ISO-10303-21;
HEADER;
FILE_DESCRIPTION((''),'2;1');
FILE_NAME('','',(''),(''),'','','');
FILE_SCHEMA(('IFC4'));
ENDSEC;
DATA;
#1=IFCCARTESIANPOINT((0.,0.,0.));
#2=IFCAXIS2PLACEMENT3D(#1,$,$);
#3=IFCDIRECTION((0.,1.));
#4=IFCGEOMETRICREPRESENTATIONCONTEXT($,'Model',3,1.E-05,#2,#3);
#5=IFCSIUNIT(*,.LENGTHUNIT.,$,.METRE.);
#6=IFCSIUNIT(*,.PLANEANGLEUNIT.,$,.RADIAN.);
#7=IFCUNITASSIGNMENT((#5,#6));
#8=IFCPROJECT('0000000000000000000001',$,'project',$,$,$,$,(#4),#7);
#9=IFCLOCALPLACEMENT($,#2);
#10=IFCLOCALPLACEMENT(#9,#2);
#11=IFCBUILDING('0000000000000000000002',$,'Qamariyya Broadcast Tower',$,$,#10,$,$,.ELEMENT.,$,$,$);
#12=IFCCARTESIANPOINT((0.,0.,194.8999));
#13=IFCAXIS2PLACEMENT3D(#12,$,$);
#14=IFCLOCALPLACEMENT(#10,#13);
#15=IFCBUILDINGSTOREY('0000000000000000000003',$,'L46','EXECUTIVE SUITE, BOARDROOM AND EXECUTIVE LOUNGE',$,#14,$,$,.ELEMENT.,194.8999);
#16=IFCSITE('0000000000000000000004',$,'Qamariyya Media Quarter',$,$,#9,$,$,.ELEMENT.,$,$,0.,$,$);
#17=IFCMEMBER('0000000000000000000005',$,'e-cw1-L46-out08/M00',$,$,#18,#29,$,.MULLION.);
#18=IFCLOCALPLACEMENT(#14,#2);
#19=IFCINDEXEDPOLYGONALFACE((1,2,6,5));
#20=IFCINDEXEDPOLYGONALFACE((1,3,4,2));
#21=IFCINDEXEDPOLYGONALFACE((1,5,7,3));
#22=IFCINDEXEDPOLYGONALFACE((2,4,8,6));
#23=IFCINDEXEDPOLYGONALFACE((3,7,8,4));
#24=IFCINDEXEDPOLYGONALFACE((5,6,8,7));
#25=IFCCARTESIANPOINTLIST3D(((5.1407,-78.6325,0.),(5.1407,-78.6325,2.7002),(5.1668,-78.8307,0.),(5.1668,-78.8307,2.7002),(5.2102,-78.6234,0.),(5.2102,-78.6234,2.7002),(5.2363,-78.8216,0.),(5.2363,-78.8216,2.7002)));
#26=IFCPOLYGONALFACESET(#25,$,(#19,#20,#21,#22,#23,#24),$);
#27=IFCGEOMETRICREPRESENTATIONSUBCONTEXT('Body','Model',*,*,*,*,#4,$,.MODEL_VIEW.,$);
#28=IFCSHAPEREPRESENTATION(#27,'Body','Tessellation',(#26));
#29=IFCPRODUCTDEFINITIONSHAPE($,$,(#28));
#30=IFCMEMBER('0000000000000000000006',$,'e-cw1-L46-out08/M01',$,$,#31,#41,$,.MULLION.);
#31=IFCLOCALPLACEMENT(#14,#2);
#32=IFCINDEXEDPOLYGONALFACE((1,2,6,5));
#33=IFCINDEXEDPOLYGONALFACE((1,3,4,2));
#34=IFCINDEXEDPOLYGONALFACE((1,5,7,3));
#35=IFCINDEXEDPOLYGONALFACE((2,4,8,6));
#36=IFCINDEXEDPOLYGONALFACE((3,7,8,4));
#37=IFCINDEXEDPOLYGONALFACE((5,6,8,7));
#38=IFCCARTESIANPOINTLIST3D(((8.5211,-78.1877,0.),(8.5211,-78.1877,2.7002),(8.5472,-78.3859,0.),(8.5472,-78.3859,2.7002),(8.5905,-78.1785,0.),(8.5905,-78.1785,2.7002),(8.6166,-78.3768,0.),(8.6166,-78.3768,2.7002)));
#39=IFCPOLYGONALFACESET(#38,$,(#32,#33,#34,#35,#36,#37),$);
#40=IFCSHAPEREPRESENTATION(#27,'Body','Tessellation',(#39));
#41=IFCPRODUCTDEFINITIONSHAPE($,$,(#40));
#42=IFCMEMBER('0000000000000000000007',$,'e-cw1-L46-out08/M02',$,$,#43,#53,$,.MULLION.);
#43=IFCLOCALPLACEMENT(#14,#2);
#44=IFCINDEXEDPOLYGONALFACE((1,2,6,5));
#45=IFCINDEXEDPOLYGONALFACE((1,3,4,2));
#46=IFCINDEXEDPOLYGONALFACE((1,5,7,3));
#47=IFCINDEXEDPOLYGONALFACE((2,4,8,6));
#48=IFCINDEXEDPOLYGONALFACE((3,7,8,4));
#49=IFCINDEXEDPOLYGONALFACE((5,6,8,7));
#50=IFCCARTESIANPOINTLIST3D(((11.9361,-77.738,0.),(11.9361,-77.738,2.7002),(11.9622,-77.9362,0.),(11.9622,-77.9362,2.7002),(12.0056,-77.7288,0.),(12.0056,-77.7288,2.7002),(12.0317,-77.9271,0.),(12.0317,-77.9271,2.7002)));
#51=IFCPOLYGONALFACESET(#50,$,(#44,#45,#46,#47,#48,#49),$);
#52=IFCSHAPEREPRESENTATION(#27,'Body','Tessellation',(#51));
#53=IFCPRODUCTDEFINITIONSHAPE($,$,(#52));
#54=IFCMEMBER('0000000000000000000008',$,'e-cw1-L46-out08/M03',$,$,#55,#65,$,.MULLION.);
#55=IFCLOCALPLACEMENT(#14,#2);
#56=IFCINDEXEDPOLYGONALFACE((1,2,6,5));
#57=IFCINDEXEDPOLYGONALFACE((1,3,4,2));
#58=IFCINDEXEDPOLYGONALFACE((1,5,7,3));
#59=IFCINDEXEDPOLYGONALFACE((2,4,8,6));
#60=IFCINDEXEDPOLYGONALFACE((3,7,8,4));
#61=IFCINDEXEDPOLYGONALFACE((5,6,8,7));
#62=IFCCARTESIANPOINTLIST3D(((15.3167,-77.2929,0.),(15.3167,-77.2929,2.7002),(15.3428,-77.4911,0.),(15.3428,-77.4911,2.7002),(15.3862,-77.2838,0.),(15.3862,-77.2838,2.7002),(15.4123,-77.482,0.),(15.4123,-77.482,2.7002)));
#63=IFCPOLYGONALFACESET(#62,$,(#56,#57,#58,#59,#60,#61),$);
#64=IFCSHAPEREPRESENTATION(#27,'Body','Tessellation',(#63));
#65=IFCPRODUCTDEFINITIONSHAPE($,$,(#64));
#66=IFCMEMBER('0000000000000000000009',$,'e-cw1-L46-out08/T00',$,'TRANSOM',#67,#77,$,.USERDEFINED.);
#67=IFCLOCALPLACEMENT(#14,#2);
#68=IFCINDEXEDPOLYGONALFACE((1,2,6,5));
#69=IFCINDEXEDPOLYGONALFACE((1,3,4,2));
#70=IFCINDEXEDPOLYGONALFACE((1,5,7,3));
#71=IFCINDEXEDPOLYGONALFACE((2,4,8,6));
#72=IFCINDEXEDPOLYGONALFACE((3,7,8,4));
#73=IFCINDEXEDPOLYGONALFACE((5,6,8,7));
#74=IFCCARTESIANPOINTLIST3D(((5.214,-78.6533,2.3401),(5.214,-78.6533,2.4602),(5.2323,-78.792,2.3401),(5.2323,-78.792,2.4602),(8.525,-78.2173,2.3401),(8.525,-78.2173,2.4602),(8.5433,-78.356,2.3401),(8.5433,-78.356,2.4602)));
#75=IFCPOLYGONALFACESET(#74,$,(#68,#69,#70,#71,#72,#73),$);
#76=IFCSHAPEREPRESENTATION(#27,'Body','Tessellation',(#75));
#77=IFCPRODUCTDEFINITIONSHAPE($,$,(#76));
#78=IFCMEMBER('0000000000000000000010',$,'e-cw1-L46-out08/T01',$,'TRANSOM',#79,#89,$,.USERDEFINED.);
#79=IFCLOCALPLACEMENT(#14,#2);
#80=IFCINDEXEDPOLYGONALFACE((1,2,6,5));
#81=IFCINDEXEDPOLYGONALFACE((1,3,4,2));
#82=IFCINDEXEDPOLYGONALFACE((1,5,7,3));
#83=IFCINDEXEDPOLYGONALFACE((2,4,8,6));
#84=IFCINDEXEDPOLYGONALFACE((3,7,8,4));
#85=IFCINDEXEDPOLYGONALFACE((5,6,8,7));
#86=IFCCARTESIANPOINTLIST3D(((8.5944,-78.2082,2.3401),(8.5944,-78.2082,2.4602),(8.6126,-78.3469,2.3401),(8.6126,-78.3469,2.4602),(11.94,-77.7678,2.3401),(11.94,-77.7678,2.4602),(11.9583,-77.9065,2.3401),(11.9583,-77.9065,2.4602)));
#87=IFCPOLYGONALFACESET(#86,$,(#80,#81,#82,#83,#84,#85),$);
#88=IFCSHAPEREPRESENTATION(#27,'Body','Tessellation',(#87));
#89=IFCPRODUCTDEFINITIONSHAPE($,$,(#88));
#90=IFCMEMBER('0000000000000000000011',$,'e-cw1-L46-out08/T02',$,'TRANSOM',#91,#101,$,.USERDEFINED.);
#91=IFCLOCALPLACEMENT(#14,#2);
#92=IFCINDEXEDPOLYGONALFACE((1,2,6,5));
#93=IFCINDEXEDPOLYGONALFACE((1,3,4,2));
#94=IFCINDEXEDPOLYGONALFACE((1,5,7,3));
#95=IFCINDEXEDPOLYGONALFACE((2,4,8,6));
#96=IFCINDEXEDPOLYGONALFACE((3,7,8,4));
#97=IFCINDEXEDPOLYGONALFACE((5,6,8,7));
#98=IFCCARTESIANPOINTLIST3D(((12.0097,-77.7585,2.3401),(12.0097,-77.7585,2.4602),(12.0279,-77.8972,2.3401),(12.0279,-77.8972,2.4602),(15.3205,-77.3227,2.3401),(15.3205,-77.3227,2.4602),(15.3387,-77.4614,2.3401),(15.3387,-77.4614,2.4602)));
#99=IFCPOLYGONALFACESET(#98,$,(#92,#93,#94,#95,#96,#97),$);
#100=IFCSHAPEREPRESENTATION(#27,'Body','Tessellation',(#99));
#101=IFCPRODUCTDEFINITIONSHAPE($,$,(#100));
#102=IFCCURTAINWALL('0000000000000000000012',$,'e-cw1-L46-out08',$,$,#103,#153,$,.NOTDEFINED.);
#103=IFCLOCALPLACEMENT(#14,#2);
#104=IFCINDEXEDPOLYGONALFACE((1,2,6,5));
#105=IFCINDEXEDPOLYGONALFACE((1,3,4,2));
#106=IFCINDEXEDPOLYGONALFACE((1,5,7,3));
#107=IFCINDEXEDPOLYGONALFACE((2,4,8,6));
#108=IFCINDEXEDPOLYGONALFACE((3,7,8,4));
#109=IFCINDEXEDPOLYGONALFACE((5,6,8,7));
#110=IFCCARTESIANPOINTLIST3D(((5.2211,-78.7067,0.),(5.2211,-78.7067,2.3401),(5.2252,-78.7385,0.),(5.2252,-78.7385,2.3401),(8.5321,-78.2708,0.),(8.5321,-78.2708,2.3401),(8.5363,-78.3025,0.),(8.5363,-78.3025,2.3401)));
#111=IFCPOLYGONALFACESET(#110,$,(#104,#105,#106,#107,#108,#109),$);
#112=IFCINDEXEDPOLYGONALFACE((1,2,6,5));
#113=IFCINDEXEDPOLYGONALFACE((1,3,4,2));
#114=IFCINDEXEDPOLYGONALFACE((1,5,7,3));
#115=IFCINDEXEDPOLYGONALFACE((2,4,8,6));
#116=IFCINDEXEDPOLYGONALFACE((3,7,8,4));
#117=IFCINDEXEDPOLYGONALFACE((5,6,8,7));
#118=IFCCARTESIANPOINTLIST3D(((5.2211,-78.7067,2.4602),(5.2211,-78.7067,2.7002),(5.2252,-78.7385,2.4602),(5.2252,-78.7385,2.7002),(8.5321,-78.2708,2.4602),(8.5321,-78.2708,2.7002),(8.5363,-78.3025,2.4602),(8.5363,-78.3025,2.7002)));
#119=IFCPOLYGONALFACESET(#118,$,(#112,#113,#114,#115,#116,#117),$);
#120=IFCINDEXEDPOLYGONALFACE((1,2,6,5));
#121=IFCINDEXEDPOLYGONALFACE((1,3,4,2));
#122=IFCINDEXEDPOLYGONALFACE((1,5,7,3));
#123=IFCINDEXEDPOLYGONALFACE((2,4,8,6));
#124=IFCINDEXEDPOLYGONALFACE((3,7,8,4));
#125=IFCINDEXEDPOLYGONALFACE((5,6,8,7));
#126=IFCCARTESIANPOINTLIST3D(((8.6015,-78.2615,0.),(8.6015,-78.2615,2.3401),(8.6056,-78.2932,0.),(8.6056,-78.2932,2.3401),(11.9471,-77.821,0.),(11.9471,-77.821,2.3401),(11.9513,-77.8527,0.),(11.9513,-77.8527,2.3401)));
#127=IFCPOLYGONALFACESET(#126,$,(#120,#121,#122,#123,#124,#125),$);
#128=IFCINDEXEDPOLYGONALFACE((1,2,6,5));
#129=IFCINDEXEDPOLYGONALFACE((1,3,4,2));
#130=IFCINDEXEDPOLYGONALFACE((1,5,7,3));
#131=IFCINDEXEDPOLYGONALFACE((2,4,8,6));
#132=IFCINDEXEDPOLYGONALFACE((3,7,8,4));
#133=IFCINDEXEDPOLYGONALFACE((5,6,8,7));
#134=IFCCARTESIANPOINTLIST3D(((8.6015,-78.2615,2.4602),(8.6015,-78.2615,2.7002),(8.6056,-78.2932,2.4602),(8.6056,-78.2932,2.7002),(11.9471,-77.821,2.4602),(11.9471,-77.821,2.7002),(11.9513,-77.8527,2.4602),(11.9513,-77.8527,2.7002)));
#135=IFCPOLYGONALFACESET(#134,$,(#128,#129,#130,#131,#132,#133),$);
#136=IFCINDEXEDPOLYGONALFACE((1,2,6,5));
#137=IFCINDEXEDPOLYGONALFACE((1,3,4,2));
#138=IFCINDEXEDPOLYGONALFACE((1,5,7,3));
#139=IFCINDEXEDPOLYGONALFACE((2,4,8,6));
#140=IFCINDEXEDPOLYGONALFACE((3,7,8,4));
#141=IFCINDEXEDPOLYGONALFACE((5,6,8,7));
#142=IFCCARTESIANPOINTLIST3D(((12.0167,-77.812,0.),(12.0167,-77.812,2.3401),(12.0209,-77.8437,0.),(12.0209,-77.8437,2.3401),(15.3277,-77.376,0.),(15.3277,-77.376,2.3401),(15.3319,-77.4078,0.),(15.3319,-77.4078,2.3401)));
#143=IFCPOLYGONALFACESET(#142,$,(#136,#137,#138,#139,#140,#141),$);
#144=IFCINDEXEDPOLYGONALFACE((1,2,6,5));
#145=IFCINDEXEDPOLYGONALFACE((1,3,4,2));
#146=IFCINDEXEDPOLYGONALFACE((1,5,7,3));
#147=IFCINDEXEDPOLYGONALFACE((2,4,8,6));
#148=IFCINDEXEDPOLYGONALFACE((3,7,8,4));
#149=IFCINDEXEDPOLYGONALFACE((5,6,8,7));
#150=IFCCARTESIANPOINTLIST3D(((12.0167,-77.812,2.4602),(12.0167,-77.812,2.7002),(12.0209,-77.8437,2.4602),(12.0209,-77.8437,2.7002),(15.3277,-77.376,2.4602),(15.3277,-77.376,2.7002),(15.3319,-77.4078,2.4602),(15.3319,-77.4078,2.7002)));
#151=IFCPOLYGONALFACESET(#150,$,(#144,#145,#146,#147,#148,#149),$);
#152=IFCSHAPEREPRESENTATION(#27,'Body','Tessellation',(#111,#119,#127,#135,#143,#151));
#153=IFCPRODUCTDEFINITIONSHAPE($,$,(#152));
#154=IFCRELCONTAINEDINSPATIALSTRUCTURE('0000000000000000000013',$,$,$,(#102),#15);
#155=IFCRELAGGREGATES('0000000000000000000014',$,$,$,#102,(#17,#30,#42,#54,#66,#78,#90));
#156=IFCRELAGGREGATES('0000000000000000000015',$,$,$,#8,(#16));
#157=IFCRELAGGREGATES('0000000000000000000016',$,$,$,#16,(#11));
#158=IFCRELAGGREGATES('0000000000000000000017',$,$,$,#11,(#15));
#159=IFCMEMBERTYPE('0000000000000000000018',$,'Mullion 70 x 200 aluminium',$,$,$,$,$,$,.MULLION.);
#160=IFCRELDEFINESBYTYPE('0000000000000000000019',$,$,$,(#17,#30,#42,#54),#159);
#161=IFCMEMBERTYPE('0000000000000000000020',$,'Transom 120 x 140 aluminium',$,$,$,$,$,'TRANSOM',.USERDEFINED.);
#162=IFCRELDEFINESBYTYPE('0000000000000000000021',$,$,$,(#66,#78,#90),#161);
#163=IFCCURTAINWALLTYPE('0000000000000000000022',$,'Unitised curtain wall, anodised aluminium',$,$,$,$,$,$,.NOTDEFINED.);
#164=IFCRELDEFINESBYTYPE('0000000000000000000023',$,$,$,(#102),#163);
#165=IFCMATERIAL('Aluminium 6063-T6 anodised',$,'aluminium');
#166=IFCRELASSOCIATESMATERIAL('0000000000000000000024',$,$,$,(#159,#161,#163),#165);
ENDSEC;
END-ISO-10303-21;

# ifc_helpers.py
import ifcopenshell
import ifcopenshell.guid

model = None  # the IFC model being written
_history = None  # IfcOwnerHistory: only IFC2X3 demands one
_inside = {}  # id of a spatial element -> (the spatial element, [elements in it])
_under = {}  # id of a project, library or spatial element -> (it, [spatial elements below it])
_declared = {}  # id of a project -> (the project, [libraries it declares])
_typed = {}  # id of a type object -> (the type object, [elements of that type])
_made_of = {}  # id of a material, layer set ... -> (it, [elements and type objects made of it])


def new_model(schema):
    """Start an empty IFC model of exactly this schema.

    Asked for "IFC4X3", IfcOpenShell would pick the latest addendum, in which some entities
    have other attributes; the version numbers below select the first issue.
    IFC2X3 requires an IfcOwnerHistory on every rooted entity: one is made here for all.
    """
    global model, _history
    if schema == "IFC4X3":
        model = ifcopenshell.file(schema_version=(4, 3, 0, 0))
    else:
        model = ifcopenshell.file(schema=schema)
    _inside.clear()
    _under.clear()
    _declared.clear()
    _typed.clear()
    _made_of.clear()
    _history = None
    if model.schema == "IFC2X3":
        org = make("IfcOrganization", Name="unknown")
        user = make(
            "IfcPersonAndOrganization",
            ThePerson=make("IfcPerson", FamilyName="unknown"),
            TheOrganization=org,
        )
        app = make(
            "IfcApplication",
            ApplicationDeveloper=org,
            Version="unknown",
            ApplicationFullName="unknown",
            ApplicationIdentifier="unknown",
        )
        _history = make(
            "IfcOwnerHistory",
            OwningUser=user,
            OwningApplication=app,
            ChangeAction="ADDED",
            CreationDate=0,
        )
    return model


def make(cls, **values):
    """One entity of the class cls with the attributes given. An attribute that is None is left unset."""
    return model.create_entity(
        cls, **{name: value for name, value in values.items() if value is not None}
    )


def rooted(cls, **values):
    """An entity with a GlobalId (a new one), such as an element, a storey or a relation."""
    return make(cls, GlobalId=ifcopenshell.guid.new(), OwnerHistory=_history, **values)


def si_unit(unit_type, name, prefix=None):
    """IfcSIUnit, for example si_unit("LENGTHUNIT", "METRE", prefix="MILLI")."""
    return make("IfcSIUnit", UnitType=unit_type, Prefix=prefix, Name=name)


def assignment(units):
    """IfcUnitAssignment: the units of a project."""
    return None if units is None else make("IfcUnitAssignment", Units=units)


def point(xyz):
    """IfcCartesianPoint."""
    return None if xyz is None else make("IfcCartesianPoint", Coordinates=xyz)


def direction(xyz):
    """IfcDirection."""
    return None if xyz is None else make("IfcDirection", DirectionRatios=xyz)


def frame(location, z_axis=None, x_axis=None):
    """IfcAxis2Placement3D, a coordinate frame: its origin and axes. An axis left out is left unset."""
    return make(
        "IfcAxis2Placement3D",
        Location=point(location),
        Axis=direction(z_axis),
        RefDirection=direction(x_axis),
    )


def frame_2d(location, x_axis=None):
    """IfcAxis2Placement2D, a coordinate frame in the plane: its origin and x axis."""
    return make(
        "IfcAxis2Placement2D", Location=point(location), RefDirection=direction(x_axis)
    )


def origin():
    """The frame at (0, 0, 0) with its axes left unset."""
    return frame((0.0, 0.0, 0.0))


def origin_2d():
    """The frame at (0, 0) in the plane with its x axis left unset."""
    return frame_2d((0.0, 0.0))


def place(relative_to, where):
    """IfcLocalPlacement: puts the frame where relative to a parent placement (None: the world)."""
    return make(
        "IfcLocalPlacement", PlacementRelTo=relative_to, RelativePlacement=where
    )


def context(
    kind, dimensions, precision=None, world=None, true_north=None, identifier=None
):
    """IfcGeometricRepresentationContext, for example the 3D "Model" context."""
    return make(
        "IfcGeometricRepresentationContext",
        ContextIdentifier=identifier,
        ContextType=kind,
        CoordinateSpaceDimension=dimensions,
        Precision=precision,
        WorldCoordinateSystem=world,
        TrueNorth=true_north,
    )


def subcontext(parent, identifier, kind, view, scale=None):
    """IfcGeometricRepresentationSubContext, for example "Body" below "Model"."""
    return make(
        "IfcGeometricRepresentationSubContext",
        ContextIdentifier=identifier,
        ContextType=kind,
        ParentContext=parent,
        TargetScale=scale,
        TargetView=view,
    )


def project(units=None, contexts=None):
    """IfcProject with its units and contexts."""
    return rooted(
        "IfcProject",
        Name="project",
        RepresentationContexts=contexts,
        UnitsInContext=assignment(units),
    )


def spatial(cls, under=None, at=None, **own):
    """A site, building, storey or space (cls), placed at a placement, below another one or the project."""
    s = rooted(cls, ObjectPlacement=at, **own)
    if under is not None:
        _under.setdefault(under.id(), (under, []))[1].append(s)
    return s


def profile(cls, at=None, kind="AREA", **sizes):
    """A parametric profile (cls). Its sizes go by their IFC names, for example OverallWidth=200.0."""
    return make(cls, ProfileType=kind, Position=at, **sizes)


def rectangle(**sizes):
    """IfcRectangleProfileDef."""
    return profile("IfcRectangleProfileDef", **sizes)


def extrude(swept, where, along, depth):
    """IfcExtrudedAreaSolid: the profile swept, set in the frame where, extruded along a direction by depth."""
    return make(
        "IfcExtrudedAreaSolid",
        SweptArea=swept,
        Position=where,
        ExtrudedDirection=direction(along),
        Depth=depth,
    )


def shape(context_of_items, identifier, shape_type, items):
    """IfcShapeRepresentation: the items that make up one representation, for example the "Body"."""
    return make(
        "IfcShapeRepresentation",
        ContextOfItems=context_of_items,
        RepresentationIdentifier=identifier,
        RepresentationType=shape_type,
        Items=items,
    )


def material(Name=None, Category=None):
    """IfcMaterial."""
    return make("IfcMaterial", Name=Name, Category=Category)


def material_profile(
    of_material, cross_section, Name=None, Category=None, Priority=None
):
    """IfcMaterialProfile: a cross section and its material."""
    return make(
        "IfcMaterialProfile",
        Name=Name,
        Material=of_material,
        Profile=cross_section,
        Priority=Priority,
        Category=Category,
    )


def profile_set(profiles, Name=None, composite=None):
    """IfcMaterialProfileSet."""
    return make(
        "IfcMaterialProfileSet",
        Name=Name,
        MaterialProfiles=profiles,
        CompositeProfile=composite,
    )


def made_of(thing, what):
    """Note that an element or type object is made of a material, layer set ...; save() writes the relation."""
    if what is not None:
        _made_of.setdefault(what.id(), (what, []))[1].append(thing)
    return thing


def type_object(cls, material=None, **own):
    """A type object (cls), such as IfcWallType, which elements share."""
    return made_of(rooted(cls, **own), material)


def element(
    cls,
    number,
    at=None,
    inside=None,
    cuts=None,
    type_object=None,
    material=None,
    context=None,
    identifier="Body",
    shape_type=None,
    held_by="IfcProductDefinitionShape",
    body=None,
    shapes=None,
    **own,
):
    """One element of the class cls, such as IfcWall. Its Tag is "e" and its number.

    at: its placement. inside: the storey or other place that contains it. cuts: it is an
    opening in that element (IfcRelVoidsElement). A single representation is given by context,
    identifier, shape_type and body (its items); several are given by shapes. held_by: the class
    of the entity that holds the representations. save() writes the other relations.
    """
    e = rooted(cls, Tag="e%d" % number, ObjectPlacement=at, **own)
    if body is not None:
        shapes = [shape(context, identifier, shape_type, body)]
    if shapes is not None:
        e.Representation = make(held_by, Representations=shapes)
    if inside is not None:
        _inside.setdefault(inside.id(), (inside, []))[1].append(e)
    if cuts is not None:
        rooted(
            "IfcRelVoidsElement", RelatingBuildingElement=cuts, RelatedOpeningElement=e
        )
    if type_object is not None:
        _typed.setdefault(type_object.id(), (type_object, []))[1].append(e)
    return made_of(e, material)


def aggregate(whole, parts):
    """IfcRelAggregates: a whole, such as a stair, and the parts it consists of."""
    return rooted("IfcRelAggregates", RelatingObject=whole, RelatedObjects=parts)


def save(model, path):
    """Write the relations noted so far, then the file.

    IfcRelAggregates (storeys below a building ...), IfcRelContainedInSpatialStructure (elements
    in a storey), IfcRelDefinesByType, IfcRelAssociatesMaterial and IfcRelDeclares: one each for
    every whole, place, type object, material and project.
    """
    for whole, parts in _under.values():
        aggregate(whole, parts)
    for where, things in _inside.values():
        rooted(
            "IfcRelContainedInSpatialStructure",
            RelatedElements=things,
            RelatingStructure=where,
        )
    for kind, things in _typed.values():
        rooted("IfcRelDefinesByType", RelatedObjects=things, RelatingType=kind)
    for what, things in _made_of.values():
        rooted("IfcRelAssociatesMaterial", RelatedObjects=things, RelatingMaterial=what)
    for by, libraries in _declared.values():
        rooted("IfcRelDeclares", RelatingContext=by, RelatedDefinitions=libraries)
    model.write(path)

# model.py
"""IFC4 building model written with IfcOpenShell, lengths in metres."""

from ifc_helpers import new_model, si_unit, direction, frame, origin, origin_2d, place, context, subcontext, project, spatial, rectangle, extrude, material, material_profile, profile_set, type_object, element, aggregate, save


model = new_model("IFC4")

# Units and contexts
model_context = context("Model", 3, precision=1e-05, world=origin(), true_north=direction((0.0, 1.0)))
body_context = subcontext(model_context, "Body", "Model", "MODEL_VIEW")
ifc_project = project(units=[si_unit("LENGTHUNIT", "METRE"), si_unit("PLANEANGLEUNIT", "RADIAN")], contexts=[model_context])

# Members
ifc_material_1 = material(Name="Aluminium 6063-T6 anodised", Category="aluminium")
ifc_material_profile_1 = material_profile(ifc_material_1, rectangle(XDim=0.2, YDim=0.0701, at=origin_2d()))
ifc_profile_set_1 = profile_set([ifc_material_profile_1], Name="Aluminium 6063-T6 anodised")
member_type_1 = type_object("IfcMemberType", Name="Mullion 70 x 200 aluminium", PredefinedType="MULLION", material=ifc_profile_set_1)
site_placement = place(None, origin())
building_placement = place(site_placement, origin())
storey_placement = place(building_placement, frame((0.0, 0.0, 194.8999)))
member_1_placement = place(storey_placement, frame((5.1885, -78.7271, 0.0), z_axis=(0.0, 0.0, 1.0), x_axis=(-0.130526, 0.991445, 0.0)))
member_1 = element("IfcMember", 1, at=member_1_placement, type_object=member_type_1, Name="e-cw1-L46-out08/M00", PredefinedType="MULLION", context=body_context, shape_type="SweptSolid", body=[
    extrude(rectangle(XDim=0.2, YDim=0.0701, at=origin_2d()), origin(), (0.0, 0.0, 1.0), 2.7002),
])
member_2_placement = place(storey_placement, frame((8.5688, -78.2822, 0.0), z_axis=(0.0, 0.0, 1.0), x_axis=(-0.130526, 0.991445, 0.0)))
member_2 = element("IfcMember", 2, at=member_2_placement, type_object=member_type_1, Name="e-cw1-L46-out08/M01", PredefinedType="MULLION", context=body_context, shape_type="SweptSolid", body=[
    extrude(rectangle(XDim=0.2, YDim=0.0701, at=origin_2d()), origin(), (0.0, 0.0, 1.0), 2.7002),
])
member_3_placement = place(storey_placement, frame((11.9839, -77.8325, 0.0), z_axis=(0.0, 0.0, 1.0), x_axis=(-0.130526, 0.991445, 0.0)))
member_3 = element("IfcMember", 3, at=member_3_placement, type_object=member_type_1, Name="e-cw1-L46-out08/M02", PredefinedType="MULLION", context=body_context, shape_type="SweptSolid", body=[
    extrude(rectangle(XDim=0.2, YDim=0.0701, at=origin_2d()), origin(), (0.0, 0.0, 1.0), 2.7002),
])
member_4_placement = place(storey_placement, frame((15.3645, -77.3875, 0.0), z_axis=(0.0, 0.0, 1.0), x_axis=(-0.130526, 0.991445, 0.0)))
member_4 = element("IfcMember", 4, at=member_4_placement, type_object=member_type_1, Name="e-cw1-L46-out08/M03", PredefinedType="MULLION", context=body_context, shape_type="SweptSolid", body=[
    extrude(rectangle(XDim=0.2, YDim=0.0701, at=origin_2d()), origin(), (0.0, 0.0, 1.0), 2.7002),
])
ifc_material_profile_2 = material_profile(ifc_material_1, rectangle(XDim=0.1399, YDim=0.1201, at=origin_2d()))
ifc_profile_set_2 = profile_set([ifc_material_profile_2], Name="Aluminium 6063-T6 anodised")
member_type_2 = type_object("IfcMemberType", Name="Transom 120 x 140 aluminium", ElementType="TRANSOM", PredefinedType="USERDEFINED", material=ifc_profile_set_2)
member_5_placement = place(storey_placement, frame((5.2231, -78.7227, 2.4001), z_axis=(0.99144, 0.130564, 0.0), x_axis=(-0.130564, 0.99144, 0.0)))
member_5 = element("IfcMember", 5, at=member_5_placement, type_object=member_type_2, Name="e-cw1-L46-out08/T00", ObjectType="TRANSOM", PredefinedType="USERDEFINED", context=body_context, shape_type="SweptSolid", body=[
    extrude(rectangle(XDim=0.1399, YDim=0.1201, at=origin_2d()), origin(), (0.0, 0.0, 1.0), 3.3396),
])
member_6_placement = place(storey_placement, frame((8.6035, -78.2776, 2.4001), z_axis=(0.991446, 0.130514, 0.0), x_axis=(-0.130514, 0.991446, 0.0)))
member_6 = element("IfcMember", 6, at=member_6_placement, type_object=member_type_2, Name="e-cw1-L46-out08/T01", ObjectType="TRANSOM", PredefinedType="USERDEFINED", context=body_context, shape_type="SweptSolid", body=[
    extrude(rectangle(XDim=0.1399, YDim=0.1201, at=origin_2d()), origin(), (0.0, 0.0, 1.0), 3.3745),
])
member_7_placement = place(storey_placement, frame((12.0188, -77.8279, 2.4001), z_axis=(0.991448, 0.130502, 0.0), x_axis=(-0.130502, 0.991448, 0.0)))
member_7 = element("IfcMember", 7, at=member_7_placement, type_object=member_type_2, Name="e-cw1-L46-out08/T02", ObjectType="TRANSOM", PredefinedType="USERDEFINED", context=body_context, shape_type="SweptSolid", body=[
    extrude(rectangle(XDim=0.1399, YDim=0.1201, at=origin_2d()), origin(), (0.0, 0.0, 1.0), 3.3394),
])

# Site, building, storey
site = spatial("IfcSite", under=ifc_project, at=site_placement, Name="Qamariyya Media Quarter", CompositionType="ELEMENT", RefElevation=0.0)
building = spatial("IfcBuilding", under=site, at=building_placement, Name="Qamariyya Broadcast Tower", CompositionType="ELEMENT")
storey = spatial("IfcBuildingStorey", under=building, at=storey_placement, Name="L46", Description="EXECUTIVE SUITE, BOARDROOM AND EXECUTIVE LOUNGE", CompositionType="ELEMENT", Elevation=194.8999)

# Curtain wall
curtain_wall_type = type_object("IfcCurtainWallType", Name="Unitised curtain wall, anodised aluminium", PredefinedType="NOTDEFINED", material=ifc_material_1)
curtain_wall_1_placement = place(storey_placement, origin())
curtain_wall_1 = element("IfcCurtainWall", 8, at=curtain_wall_1_placement, inside=storey, type_object=curtain_wall_type, Name="e-cw1-L46-out08", PredefinedType="NOTDEFINED", context=body_context, shape_type="SweptSolid", body=[
    extrude(rectangle(XDim=3.3396, YDim=0.032, at=origin_2d()), frame((6.8787, -78.5046, 0.0), x_axis=(0.991444, 0.130531, 0.0)), (0.0, 0.0, 1.0), 2.3401),
    extrude(rectangle(XDim=3.3396, YDim=0.032, at=origin_2d()), frame((6.8787, -78.5046, 2.4602), x_axis=(0.991444, 0.130531, 0.0)), (0.0, 0.0, 1.0), 0.24),
    extrude(rectangle(XDim=3.3745, YDim=0.032, at=origin_2d()), frame((10.2764, -78.0571, 0.0), x_axis=(0.991444, 0.130531, 0.0)), (0.0, 0.0, 1.0), 2.3401),
    extrude(rectangle(XDim=3.3745, YDim=0.032, at=origin_2d()), frame((10.2764, -78.0571, 2.4602), x_axis=(0.991444, 0.130531, 0.0)), (0.0, 0.0, 1.0), 0.24),
    extrude(rectangle(XDim=3.3396, YDim=0.032, at=origin_2d()), frame((13.6743, -77.6099, 0.0), x_axis=(0.991444, 0.130531, 0.0)), (0.0, 0.0, 1.0), 2.3401),
    extrude(rectangle(XDim=3.3396, YDim=0.032, at=origin_2d()), frame((13.6743, -77.6099, 2.4602), x_axis=(0.991444, 0.130531, 0.0)), (0.0, 0.0, 1.0), 0.24),
])
aggregate(curtain_wall_1, [member_1, member_2, member_3, member_4, member_5, member_6, member_7])

save(model, "model.ifc")
